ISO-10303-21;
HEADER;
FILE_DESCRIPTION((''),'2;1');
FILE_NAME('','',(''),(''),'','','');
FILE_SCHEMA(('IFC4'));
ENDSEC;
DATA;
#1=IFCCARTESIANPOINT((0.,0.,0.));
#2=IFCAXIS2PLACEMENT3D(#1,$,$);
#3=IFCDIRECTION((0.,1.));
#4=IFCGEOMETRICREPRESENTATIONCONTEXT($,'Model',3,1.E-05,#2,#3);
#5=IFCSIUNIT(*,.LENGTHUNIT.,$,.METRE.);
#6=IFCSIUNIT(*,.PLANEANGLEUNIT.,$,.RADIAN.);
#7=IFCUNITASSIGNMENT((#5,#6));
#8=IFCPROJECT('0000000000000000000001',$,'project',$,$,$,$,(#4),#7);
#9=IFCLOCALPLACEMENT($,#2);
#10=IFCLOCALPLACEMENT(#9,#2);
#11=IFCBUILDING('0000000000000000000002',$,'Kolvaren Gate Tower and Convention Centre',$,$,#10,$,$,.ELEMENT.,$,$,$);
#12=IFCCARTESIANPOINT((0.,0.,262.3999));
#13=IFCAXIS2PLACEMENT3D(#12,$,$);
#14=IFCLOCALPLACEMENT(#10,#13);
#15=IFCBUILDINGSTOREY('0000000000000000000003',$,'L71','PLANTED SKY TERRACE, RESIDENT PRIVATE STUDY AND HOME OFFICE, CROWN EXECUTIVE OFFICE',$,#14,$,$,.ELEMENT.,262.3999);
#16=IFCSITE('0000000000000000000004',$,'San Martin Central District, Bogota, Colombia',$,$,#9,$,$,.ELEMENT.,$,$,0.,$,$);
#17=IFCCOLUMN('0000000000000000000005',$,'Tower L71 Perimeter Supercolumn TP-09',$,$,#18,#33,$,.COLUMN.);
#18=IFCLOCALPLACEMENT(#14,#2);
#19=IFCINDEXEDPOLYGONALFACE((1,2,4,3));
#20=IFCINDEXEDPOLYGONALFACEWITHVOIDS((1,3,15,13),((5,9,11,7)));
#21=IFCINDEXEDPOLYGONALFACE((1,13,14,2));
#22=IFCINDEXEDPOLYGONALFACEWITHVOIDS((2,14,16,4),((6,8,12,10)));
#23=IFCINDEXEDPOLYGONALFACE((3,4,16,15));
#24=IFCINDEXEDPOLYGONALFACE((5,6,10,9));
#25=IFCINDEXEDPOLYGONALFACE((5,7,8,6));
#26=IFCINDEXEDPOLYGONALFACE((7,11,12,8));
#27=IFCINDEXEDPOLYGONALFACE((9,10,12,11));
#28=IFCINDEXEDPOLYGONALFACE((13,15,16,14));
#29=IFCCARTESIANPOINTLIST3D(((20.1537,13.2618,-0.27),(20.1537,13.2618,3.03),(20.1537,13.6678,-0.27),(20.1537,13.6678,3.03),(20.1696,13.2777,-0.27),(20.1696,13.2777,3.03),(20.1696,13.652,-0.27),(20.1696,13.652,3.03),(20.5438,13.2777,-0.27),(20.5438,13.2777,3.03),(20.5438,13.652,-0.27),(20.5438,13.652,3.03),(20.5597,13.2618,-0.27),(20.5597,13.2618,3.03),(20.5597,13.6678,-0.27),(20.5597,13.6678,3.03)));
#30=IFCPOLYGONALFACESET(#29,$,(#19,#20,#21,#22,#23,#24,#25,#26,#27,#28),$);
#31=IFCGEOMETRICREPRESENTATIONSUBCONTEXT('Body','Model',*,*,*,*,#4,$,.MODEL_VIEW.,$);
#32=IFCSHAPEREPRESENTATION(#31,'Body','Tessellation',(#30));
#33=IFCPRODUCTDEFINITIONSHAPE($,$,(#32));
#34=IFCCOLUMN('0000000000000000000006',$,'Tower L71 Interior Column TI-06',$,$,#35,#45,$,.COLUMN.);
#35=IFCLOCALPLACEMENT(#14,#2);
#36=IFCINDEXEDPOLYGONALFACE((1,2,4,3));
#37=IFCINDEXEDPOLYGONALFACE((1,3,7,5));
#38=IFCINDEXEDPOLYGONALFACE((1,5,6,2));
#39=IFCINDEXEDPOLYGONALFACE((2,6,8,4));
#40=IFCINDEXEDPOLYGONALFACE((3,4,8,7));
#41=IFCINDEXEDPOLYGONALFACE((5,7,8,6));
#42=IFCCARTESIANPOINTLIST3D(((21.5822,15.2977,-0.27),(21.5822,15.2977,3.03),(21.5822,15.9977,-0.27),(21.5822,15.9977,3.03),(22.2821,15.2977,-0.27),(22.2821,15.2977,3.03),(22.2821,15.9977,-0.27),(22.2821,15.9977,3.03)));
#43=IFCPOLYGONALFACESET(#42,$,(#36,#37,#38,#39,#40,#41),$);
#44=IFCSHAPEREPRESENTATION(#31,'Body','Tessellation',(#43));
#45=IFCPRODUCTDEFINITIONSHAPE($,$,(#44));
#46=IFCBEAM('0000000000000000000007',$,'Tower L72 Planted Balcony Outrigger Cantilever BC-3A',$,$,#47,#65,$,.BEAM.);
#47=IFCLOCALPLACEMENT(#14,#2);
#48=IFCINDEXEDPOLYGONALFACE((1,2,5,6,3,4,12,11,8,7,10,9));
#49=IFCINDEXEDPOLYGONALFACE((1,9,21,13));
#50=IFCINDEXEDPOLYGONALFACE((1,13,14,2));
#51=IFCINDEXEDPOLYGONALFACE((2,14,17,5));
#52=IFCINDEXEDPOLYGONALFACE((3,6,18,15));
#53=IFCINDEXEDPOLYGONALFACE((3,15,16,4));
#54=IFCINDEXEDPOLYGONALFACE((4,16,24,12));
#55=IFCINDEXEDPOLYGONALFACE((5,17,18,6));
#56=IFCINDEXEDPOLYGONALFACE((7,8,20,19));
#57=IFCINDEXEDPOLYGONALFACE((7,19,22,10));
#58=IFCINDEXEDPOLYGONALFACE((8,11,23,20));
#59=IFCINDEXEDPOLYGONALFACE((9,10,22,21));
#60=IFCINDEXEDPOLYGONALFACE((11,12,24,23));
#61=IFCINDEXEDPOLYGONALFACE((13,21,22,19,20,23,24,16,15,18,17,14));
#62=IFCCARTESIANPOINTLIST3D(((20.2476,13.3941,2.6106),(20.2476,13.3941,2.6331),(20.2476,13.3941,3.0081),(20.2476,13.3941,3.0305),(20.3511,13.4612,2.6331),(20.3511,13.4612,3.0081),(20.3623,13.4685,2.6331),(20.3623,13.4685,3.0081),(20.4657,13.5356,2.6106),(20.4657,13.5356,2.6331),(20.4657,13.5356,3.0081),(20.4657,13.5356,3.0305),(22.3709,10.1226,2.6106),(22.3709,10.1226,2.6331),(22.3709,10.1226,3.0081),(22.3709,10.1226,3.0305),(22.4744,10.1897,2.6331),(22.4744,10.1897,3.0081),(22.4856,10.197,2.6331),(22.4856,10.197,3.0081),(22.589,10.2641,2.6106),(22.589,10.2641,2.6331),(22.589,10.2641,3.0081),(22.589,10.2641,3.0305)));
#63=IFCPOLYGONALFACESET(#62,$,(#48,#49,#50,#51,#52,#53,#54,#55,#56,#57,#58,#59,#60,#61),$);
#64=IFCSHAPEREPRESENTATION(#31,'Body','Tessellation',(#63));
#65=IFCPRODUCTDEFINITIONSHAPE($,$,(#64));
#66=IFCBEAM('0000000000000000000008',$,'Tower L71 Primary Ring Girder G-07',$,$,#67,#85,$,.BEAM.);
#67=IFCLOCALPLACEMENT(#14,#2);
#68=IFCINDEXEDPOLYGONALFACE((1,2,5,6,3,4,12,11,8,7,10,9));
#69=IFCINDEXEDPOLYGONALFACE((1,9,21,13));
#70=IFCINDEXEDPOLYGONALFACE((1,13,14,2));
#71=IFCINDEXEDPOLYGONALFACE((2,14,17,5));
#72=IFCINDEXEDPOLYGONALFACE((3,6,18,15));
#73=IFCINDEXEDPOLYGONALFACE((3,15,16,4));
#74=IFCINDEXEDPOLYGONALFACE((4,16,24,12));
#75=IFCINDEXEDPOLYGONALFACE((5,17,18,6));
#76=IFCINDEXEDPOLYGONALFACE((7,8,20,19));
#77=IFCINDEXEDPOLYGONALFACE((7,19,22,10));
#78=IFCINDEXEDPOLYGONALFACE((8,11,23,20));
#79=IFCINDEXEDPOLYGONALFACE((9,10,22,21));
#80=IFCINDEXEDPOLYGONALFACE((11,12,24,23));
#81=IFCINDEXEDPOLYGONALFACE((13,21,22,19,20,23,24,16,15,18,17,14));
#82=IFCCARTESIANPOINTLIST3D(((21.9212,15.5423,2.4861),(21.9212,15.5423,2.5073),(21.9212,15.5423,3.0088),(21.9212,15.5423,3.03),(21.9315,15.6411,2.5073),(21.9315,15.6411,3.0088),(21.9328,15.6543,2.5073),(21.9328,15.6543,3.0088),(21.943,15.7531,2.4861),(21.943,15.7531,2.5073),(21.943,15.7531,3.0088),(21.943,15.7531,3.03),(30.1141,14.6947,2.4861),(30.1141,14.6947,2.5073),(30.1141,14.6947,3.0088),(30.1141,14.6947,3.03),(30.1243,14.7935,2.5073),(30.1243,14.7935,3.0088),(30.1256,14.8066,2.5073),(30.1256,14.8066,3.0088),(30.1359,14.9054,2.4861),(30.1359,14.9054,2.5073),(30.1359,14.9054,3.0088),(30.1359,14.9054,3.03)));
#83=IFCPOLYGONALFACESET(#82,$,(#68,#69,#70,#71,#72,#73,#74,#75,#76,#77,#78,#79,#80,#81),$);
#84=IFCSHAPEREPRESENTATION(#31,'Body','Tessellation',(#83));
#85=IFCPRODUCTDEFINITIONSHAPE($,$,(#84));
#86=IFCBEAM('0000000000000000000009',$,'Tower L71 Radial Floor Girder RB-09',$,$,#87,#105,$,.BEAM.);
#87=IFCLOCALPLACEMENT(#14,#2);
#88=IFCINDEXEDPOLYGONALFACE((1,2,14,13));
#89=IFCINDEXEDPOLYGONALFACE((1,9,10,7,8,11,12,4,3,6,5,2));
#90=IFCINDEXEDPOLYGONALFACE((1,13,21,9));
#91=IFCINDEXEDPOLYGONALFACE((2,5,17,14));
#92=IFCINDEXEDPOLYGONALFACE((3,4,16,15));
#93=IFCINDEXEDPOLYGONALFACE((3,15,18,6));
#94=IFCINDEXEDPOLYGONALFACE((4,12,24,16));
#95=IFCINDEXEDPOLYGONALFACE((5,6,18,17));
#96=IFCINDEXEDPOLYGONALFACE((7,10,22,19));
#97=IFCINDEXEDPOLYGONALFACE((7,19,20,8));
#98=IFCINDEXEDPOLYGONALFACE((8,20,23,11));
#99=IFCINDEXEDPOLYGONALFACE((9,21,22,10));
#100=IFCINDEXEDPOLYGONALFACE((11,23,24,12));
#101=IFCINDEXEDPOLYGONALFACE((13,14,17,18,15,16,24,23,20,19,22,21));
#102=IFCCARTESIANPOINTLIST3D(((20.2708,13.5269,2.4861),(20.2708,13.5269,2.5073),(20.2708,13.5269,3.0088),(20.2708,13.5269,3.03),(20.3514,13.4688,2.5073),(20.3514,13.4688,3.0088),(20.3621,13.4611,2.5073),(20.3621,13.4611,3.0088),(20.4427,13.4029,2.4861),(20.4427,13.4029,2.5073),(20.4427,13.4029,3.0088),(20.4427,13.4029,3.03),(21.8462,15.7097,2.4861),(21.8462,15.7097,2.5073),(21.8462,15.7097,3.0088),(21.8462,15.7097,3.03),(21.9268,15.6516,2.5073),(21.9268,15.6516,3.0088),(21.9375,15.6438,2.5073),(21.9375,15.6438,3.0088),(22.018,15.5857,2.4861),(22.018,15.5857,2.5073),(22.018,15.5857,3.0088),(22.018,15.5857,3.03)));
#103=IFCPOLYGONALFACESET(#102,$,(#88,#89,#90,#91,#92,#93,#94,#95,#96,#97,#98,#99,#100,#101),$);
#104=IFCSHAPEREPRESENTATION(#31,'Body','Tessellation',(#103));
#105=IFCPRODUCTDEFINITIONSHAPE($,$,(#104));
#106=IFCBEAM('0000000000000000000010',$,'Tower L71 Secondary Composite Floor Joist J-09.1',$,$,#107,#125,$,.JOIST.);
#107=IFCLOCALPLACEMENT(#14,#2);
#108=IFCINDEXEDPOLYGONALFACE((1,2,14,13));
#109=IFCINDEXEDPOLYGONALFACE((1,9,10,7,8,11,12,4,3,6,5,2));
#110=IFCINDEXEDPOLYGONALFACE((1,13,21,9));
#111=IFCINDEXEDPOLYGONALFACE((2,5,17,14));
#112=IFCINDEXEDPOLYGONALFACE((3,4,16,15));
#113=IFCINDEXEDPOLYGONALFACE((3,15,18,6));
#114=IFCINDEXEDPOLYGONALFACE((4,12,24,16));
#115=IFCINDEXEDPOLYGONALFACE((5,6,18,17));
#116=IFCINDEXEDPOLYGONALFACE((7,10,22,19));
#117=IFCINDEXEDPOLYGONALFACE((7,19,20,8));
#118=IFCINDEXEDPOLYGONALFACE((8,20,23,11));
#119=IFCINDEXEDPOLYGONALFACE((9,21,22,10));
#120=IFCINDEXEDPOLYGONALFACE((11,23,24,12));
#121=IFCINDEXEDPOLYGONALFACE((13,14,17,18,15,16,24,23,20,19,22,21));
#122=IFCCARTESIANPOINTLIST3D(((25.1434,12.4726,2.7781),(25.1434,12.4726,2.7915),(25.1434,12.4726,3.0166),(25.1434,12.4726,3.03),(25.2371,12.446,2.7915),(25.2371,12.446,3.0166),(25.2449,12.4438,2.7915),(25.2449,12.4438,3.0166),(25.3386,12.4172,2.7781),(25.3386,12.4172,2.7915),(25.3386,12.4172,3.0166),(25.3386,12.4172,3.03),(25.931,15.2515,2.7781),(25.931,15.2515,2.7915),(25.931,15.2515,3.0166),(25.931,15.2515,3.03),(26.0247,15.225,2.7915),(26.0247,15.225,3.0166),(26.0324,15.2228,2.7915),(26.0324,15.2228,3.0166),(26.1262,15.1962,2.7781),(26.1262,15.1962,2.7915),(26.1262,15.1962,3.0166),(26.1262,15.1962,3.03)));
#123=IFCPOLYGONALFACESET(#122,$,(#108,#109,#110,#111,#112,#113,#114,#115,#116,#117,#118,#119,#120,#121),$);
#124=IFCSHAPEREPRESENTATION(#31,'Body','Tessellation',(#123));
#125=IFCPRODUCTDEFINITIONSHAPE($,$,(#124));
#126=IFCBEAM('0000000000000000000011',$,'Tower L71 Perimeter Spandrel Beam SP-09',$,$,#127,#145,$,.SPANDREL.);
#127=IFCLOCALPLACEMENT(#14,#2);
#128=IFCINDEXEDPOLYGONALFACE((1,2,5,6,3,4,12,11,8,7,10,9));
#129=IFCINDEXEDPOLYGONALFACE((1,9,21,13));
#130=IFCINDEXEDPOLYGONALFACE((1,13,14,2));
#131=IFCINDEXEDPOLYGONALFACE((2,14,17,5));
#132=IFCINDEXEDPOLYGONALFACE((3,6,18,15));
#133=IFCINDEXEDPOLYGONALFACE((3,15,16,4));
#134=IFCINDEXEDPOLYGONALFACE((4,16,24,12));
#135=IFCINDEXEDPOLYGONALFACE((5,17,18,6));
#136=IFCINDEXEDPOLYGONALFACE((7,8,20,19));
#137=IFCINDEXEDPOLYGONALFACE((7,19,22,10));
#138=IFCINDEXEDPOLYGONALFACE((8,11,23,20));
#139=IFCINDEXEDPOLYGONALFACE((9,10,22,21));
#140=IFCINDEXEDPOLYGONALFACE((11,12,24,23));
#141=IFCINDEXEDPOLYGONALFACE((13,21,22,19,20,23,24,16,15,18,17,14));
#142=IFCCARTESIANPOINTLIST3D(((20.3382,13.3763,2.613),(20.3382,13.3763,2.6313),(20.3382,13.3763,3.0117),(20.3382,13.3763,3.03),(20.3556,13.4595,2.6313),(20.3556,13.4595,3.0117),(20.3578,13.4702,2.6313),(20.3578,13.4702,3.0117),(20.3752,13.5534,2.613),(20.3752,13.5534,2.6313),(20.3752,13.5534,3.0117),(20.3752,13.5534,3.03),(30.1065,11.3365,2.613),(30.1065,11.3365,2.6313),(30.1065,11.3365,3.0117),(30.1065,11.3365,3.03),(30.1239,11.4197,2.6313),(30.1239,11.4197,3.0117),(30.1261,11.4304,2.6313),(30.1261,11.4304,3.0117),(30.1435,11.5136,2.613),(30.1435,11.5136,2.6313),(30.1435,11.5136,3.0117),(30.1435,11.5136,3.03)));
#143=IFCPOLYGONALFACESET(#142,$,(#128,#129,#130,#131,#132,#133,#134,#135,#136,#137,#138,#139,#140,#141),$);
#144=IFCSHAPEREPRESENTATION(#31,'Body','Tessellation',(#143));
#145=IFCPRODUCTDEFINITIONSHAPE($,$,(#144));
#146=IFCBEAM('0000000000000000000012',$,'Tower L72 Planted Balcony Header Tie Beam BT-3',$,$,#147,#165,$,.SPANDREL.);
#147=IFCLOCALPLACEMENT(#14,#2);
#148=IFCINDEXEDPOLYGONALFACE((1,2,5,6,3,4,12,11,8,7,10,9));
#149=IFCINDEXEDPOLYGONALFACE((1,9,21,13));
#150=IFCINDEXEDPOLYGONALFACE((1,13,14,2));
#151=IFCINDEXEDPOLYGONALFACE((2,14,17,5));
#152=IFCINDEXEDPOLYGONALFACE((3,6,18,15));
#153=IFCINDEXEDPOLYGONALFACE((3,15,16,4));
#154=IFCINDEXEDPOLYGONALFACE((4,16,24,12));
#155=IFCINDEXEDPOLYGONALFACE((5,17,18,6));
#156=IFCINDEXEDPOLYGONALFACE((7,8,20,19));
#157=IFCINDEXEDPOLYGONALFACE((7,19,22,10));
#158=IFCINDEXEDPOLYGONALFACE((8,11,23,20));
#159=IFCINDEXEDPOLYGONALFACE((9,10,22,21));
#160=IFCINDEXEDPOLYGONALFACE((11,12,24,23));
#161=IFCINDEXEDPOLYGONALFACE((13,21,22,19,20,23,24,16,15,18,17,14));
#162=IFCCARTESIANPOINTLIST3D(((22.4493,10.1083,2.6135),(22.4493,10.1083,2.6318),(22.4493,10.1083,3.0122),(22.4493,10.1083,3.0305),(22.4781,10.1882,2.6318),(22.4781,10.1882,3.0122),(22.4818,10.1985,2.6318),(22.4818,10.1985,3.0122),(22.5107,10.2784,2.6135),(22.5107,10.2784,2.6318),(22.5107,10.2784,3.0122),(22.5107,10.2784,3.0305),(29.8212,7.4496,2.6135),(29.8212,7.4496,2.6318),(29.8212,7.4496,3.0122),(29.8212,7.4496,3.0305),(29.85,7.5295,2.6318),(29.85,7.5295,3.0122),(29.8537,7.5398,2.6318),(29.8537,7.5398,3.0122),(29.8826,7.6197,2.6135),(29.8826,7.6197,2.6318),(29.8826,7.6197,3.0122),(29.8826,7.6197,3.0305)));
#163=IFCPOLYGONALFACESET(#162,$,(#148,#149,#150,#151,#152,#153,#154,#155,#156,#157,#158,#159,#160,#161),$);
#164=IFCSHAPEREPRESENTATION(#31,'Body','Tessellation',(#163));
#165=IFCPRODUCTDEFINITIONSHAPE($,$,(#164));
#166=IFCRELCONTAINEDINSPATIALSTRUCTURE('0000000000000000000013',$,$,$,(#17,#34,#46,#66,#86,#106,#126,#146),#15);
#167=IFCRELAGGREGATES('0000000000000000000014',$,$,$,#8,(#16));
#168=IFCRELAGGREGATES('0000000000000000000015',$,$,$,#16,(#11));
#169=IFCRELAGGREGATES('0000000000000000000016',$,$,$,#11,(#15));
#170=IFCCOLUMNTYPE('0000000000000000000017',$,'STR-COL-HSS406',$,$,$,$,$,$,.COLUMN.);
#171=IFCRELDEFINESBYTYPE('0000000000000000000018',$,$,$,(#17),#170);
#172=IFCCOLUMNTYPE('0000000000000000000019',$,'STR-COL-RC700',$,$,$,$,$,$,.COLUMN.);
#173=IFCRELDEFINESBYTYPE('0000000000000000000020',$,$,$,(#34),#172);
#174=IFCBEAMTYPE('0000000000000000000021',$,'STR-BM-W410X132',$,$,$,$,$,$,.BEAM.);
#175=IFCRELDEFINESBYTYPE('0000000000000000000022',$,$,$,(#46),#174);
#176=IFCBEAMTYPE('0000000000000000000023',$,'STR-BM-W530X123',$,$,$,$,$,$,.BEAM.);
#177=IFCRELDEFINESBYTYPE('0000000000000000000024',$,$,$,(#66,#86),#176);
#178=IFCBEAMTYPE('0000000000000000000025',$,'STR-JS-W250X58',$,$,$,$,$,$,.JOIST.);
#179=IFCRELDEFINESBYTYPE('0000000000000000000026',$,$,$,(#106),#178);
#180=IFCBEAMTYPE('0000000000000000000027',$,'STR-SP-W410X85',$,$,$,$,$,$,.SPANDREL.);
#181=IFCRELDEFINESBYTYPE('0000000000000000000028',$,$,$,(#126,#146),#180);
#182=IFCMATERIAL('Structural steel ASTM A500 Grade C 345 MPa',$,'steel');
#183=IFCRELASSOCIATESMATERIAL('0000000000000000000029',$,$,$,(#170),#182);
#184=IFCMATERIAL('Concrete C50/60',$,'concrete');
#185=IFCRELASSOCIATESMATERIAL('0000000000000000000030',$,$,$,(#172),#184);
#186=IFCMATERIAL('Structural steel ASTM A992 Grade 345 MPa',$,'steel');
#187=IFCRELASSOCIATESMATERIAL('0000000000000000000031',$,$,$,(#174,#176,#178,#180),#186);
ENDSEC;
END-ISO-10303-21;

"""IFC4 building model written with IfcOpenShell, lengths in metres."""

from ifc_helpers import new_model, si_unit, direction, frame, origin, origin_2d, place, context, subcontext, project, spatial, rectangle, hollow_rectangle, i_section, extrude, material, material_profile, profile_set, type_object, element, save


model = new_model("IFC4")

# Units and contexts
model_context = context("Model", 3, precision=1e-05, world=origin(), true_north=direction((0.0, 1.0)))
body_context = subcontext(model_context, "Body", "Model", "MODEL_VIEW")
ifc_project = project(units=[si_unit("LENGTHUNIT", "METRE"), si_unit("PLANEANGLEUNIT", "RADIAN")], contexts=[model_context])

# Site, building, storey
site_placement = place(None, origin())
site = spatial("IfcSite", under=ifc_project, at=site_placement, Name="San Martin Central District, Bogota, Colombia", CompositionType="ELEMENT", RefElevation=0.0)
building_placement = place(site_placement, origin())
building = spatial("IfcBuilding", under=site, at=building_placement, Name="Kolvaren Gate Tower and Convention Centre", CompositionType="ELEMENT")
storey_placement = place(building_placement, frame((0.0, 0.0, 262.3999)))
storey = spatial("IfcBuildingStorey", under=building, at=storey_placement, Name="L71", Description="PLANTED SKY TERRACE, RESIDENT PRIVATE STUDY AND HOME OFFICE, CROWN EXECUTIVE OFFICE", CompositionType="ELEMENT", Elevation=262.3999)

# Columns
ifc_material_1 = material(Name="Structural steel ASTM A500 Grade C 345 MPa", Category="steel")
ifc_material_profile_1 = material_profile(ifc_material_1, hollow_rectangle(XDim=0.406, YDim=0.406, WallThickness=0.0159, at=origin_2d()), Name="HSS406X406X15.9")
ifc_profile_set_1 = profile_set([ifc_material_profile_1], Name="Structural steel ASTM A500 Grade C 345 MPa")
column_type_1 = type_object("IfcColumnType", Name="STR-COL-HSS406", PredefinedType="COLUMN", material=ifc_profile_set_1)
column_1_placement = place(storey_placement, frame((20.3567, 13.4648, -0.27), z_axis=(0.0, 0.0, 1.0), x_axis=(1.0, 0.0, 0.0)))
element("IfcColumn", 1, at=column_1_placement, inside=storey, type_object=column_type_1, Name="Tower L71 Perimeter Supercolumn TP-09", PredefinedType="COLUMN", context=body_context, shape_type="SweptSolid", body=[
    extrude(hollow_rectangle(XDim=0.406, YDim=0.406, WallThickness=0.0159, at=origin_2d()), origin(), (0.0, 0.0, 1.0), 3.3),
])
ifc_material_2 = material(Name="Concrete C50/60", Category="concrete")
ifc_material_profile_2 = material_profile(ifc_material_2, rectangle(XDim=0.7, YDim=0.7, at=origin_2d()), Name="RC-COL-700X700")
ifc_profile_set_2 = profile_set([ifc_material_profile_2], Name="Concrete C50/60")
column_type_2 = type_object("IfcColumnType", Name="STR-COL-RC700", PredefinedType="COLUMN", material=ifc_profile_set_2)
column_2_placement = place(storey_placement, frame((21.9321, 15.6477, -0.27), z_axis=(0.0, 0.0, 1.0), x_axis=(1.0, 0.0, 0.0)))
element("IfcColumn", 2, at=column_2_placement, inside=storey, type_object=column_type_2, Name="Tower L71 Interior Column TI-06", PredefinedType="COLUMN", context=body_context, shape_type="SweptSolid", body=[
    extrude(rectangle(XDim=0.7, YDim=0.7, at=origin_2d()), origin(), (0.0, 0.0, 1.0), 3.3),
])

# Beams
ifc_material_3 = material(Name="Structural steel ASTM A992 Grade 345 MPa", Category="steel")
ifc_material_profile_3 = material_profile(ifc_material_3, i_section(OverallWidth=0.26, OverallDepth=0.4199, WebThickness=0.0134, FlangeThickness=0.0225, at=origin_2d()), Name="W410X132")
ifc_profile_set_3 = profile_set([ifc_material_profile_3], Name="Structural steel ASTM A992 Grade 345 MPa")
beam_type_1 = type_object("IfcBeamType", Name="STR-BM-W410X132", PredefinedType="BEAM", material=ifc_profile_set_3)
beam_1_placement = place(storey_placement, frame((20.3567, 13.4648, 2.8206), z_axis=(0.544416, -0.838815, 0.0), x_axis=(0.838815, 0.544416, 0.0)))
element("IfcBeam", 3, at=beam_1_placement, inside=storey, type_object=beam_type_1, Name="Tower L72 Planted Balcony Outrigger Cantilever BC-3A", PredefinedType="BEAM", context=body_context, shape_type="SweptSolid", body=[
    extrude(i_section(OverallWidth=0.26, OverallDepth=0.4199, WebThickness=0.0134, FlangeThickness=0.0225, at=origin_2d()), origin(), (0.0, 0.0, 1.0), 3.9001),
])
ifc_material_profile_4 = material_profile(ifc_material_3, i_section(OverallWidth=0.2119, OverallDepth=0.5439, WebThickness=0.0132, FlangeThickness=0.0212, at=origin_2d()), Name="W530X123")
ifc_profile_set_4 = profile_set([ifc_material_profile_4], Name="Structural steel ASTM A992 Grade 345 MPa")
beam_type_2 = type_object("IfcBeamType", Name="STR-BM-W530X123", PredefinedType="BEAM", material=ifc_profile_set_4)
beam_2_placement = place(storey_placement, frame((21.9321, 15.6477, 2.7581), z_axis=(0.99469, -0.102913, 0.0), x_axis=(0.102913, 0.99469, 0.0)))
element("IfcBeam", 4, at=beam_2_placement, inside=storey, type_object=beam_type_2, Name="Tower L71 Primary Ring Girder G-07", PredefinedType="BEAM", context=body_context, shape_type="SweptSolid", body=[
    extrude(i_section(OverallWidth=0.2119, OverallDepth=0.5439, WebThickness=0.0132, FlangeThickness=0.0212, at=origin_2d()), origin(), (0.0, 0.0, 1.0), 8.2366),
])
beam_3_placement = place(storey_placement, frame((21.9321, 15.6477, 2.7581), z_axis=(-0.585229, -0.810868, 0.0), x_axis=(0.810868, -0.585229, 0.0)))
element("IfcBeam", 5, at=beam_3_placement, inside=storey, type_object=beam_type_2, Name="Tower L71 Radial Floor Girder RB-09", PredefinedType="BEAM", context=body_context, shape_type="SweptSolid", body=[
    extrude(i_section(OverallWidth=0.2119, OverallDepth=0.5439, WebThickness=0.0132, FlangeThickness=0.0212, at=origin_2d()), origin(), (0.0, 0.0, 1.0), 2.6919),
])
ifc_material_profile_5 = material_profile(ifc_material_3, i_section(OverallWidth=0.2029, OverallDepth=0.252, WebThickness=0.0081, FlangeThickness=0.0134, at=origin_2d()), Name="W250X58")
ifc_profile_set_5 = profile_set([ifc_material_profile_5], Name="Structural steel ASTM A992 Grade 345 MPa")
beam_type_3 = type_object("IfcBeamType", Name="STR-JS-W250X58", PredefinedType="JOIST", material=ifc_profile_set_5)
beam_4_placement = place(storey_placement, frame((26.0286, 15.2239, 2.9041), z_axis=(-0.272666, -0.962109, 0.0), x_axis=(0.962109, -0.272666, 0.0)))
element("IfcBeam", 6, at=beam_4_placement, inside=storey, type_object=beam_type_3, Name="Tower L71 Secondary Composite Floor Joist J-09.1", PredefinedType="JOIST", context=body_context, shape_type="SweptSolid", body=[
    extrude(i_section(OverallWidth=0.2029, OverallDepth=0.252, WebThickness=0.0081, FlangeThickness=0.0134, at=origin_2d()), origin(), (0.0, 0.0, 1.0), 2.8884),
])
ifc_material_profile_6 = material_profile(ifc_material_3, i_section(OverallWidth=0.1809, OverallDepth=0.417, WebThickness=0.011, FlangeThickness=0.0183, at=origin_2d()), Name="W410X85")
ifc_profile_set_6 = profile_set([ifc_material_profile_6], Name="Structural steel ASTM A992 Grade 345 MPa")
beam_type_4 = type_object("IfcBeamType", Name="STR-SP-W410X85", PredefinedType="SPANDREL", material=ifc_profile_set_6)
beam_5_placement = place(storey_placement, frame((20.3567, 13.4648, 2.8215), z_axis=(0.978886, -0.204409, 0.0), x_axis=(0.204409, 0.978886, 0.0)))
element("IfcBeam", 7, at=beam_5_placement, inside=storey, type_object=beam_type_4, Name="Tower L71 Perimeter Spandrel Beam SP-09", PredefinedType="SPANDREL", context=body_context, shape_type="SweptSolid", body=[
    extrude(i_section(OverallWidth=0.1809, OverallDepth=0.417, WebThickness=0.011, FlangeThickness=0.0183, at=origin_2d()), origin(), (0.0, 0.0, 1.0), 9.979),
])
beam_6_placement = place(storey_placement, frame((22.48, 10.1934, 2.822), z_axis=(0.940691, -0.339265, 0.0), x_axis=(0.339265, 0.940691, 0.0)))
element("IfcBeam", 8, at=beam_6_placement, inside=storey, type_object=beam_type_4, Name="Tower L72 Planted Balcony Header Tie Beam BT-3", PredefinedType="SPANDREL", context=body_context, shape_type="SweptSolid", body=[
    extrude(i_section(OverallWidth=0.1809, OverallDepth=0.417, WebThickness=0.011, FlangeThickness=0.0183, at=origin_2d()), origin(), (0.0, 0.0, 1.0), 7.8367),
])

save(model, "model.ifc")
